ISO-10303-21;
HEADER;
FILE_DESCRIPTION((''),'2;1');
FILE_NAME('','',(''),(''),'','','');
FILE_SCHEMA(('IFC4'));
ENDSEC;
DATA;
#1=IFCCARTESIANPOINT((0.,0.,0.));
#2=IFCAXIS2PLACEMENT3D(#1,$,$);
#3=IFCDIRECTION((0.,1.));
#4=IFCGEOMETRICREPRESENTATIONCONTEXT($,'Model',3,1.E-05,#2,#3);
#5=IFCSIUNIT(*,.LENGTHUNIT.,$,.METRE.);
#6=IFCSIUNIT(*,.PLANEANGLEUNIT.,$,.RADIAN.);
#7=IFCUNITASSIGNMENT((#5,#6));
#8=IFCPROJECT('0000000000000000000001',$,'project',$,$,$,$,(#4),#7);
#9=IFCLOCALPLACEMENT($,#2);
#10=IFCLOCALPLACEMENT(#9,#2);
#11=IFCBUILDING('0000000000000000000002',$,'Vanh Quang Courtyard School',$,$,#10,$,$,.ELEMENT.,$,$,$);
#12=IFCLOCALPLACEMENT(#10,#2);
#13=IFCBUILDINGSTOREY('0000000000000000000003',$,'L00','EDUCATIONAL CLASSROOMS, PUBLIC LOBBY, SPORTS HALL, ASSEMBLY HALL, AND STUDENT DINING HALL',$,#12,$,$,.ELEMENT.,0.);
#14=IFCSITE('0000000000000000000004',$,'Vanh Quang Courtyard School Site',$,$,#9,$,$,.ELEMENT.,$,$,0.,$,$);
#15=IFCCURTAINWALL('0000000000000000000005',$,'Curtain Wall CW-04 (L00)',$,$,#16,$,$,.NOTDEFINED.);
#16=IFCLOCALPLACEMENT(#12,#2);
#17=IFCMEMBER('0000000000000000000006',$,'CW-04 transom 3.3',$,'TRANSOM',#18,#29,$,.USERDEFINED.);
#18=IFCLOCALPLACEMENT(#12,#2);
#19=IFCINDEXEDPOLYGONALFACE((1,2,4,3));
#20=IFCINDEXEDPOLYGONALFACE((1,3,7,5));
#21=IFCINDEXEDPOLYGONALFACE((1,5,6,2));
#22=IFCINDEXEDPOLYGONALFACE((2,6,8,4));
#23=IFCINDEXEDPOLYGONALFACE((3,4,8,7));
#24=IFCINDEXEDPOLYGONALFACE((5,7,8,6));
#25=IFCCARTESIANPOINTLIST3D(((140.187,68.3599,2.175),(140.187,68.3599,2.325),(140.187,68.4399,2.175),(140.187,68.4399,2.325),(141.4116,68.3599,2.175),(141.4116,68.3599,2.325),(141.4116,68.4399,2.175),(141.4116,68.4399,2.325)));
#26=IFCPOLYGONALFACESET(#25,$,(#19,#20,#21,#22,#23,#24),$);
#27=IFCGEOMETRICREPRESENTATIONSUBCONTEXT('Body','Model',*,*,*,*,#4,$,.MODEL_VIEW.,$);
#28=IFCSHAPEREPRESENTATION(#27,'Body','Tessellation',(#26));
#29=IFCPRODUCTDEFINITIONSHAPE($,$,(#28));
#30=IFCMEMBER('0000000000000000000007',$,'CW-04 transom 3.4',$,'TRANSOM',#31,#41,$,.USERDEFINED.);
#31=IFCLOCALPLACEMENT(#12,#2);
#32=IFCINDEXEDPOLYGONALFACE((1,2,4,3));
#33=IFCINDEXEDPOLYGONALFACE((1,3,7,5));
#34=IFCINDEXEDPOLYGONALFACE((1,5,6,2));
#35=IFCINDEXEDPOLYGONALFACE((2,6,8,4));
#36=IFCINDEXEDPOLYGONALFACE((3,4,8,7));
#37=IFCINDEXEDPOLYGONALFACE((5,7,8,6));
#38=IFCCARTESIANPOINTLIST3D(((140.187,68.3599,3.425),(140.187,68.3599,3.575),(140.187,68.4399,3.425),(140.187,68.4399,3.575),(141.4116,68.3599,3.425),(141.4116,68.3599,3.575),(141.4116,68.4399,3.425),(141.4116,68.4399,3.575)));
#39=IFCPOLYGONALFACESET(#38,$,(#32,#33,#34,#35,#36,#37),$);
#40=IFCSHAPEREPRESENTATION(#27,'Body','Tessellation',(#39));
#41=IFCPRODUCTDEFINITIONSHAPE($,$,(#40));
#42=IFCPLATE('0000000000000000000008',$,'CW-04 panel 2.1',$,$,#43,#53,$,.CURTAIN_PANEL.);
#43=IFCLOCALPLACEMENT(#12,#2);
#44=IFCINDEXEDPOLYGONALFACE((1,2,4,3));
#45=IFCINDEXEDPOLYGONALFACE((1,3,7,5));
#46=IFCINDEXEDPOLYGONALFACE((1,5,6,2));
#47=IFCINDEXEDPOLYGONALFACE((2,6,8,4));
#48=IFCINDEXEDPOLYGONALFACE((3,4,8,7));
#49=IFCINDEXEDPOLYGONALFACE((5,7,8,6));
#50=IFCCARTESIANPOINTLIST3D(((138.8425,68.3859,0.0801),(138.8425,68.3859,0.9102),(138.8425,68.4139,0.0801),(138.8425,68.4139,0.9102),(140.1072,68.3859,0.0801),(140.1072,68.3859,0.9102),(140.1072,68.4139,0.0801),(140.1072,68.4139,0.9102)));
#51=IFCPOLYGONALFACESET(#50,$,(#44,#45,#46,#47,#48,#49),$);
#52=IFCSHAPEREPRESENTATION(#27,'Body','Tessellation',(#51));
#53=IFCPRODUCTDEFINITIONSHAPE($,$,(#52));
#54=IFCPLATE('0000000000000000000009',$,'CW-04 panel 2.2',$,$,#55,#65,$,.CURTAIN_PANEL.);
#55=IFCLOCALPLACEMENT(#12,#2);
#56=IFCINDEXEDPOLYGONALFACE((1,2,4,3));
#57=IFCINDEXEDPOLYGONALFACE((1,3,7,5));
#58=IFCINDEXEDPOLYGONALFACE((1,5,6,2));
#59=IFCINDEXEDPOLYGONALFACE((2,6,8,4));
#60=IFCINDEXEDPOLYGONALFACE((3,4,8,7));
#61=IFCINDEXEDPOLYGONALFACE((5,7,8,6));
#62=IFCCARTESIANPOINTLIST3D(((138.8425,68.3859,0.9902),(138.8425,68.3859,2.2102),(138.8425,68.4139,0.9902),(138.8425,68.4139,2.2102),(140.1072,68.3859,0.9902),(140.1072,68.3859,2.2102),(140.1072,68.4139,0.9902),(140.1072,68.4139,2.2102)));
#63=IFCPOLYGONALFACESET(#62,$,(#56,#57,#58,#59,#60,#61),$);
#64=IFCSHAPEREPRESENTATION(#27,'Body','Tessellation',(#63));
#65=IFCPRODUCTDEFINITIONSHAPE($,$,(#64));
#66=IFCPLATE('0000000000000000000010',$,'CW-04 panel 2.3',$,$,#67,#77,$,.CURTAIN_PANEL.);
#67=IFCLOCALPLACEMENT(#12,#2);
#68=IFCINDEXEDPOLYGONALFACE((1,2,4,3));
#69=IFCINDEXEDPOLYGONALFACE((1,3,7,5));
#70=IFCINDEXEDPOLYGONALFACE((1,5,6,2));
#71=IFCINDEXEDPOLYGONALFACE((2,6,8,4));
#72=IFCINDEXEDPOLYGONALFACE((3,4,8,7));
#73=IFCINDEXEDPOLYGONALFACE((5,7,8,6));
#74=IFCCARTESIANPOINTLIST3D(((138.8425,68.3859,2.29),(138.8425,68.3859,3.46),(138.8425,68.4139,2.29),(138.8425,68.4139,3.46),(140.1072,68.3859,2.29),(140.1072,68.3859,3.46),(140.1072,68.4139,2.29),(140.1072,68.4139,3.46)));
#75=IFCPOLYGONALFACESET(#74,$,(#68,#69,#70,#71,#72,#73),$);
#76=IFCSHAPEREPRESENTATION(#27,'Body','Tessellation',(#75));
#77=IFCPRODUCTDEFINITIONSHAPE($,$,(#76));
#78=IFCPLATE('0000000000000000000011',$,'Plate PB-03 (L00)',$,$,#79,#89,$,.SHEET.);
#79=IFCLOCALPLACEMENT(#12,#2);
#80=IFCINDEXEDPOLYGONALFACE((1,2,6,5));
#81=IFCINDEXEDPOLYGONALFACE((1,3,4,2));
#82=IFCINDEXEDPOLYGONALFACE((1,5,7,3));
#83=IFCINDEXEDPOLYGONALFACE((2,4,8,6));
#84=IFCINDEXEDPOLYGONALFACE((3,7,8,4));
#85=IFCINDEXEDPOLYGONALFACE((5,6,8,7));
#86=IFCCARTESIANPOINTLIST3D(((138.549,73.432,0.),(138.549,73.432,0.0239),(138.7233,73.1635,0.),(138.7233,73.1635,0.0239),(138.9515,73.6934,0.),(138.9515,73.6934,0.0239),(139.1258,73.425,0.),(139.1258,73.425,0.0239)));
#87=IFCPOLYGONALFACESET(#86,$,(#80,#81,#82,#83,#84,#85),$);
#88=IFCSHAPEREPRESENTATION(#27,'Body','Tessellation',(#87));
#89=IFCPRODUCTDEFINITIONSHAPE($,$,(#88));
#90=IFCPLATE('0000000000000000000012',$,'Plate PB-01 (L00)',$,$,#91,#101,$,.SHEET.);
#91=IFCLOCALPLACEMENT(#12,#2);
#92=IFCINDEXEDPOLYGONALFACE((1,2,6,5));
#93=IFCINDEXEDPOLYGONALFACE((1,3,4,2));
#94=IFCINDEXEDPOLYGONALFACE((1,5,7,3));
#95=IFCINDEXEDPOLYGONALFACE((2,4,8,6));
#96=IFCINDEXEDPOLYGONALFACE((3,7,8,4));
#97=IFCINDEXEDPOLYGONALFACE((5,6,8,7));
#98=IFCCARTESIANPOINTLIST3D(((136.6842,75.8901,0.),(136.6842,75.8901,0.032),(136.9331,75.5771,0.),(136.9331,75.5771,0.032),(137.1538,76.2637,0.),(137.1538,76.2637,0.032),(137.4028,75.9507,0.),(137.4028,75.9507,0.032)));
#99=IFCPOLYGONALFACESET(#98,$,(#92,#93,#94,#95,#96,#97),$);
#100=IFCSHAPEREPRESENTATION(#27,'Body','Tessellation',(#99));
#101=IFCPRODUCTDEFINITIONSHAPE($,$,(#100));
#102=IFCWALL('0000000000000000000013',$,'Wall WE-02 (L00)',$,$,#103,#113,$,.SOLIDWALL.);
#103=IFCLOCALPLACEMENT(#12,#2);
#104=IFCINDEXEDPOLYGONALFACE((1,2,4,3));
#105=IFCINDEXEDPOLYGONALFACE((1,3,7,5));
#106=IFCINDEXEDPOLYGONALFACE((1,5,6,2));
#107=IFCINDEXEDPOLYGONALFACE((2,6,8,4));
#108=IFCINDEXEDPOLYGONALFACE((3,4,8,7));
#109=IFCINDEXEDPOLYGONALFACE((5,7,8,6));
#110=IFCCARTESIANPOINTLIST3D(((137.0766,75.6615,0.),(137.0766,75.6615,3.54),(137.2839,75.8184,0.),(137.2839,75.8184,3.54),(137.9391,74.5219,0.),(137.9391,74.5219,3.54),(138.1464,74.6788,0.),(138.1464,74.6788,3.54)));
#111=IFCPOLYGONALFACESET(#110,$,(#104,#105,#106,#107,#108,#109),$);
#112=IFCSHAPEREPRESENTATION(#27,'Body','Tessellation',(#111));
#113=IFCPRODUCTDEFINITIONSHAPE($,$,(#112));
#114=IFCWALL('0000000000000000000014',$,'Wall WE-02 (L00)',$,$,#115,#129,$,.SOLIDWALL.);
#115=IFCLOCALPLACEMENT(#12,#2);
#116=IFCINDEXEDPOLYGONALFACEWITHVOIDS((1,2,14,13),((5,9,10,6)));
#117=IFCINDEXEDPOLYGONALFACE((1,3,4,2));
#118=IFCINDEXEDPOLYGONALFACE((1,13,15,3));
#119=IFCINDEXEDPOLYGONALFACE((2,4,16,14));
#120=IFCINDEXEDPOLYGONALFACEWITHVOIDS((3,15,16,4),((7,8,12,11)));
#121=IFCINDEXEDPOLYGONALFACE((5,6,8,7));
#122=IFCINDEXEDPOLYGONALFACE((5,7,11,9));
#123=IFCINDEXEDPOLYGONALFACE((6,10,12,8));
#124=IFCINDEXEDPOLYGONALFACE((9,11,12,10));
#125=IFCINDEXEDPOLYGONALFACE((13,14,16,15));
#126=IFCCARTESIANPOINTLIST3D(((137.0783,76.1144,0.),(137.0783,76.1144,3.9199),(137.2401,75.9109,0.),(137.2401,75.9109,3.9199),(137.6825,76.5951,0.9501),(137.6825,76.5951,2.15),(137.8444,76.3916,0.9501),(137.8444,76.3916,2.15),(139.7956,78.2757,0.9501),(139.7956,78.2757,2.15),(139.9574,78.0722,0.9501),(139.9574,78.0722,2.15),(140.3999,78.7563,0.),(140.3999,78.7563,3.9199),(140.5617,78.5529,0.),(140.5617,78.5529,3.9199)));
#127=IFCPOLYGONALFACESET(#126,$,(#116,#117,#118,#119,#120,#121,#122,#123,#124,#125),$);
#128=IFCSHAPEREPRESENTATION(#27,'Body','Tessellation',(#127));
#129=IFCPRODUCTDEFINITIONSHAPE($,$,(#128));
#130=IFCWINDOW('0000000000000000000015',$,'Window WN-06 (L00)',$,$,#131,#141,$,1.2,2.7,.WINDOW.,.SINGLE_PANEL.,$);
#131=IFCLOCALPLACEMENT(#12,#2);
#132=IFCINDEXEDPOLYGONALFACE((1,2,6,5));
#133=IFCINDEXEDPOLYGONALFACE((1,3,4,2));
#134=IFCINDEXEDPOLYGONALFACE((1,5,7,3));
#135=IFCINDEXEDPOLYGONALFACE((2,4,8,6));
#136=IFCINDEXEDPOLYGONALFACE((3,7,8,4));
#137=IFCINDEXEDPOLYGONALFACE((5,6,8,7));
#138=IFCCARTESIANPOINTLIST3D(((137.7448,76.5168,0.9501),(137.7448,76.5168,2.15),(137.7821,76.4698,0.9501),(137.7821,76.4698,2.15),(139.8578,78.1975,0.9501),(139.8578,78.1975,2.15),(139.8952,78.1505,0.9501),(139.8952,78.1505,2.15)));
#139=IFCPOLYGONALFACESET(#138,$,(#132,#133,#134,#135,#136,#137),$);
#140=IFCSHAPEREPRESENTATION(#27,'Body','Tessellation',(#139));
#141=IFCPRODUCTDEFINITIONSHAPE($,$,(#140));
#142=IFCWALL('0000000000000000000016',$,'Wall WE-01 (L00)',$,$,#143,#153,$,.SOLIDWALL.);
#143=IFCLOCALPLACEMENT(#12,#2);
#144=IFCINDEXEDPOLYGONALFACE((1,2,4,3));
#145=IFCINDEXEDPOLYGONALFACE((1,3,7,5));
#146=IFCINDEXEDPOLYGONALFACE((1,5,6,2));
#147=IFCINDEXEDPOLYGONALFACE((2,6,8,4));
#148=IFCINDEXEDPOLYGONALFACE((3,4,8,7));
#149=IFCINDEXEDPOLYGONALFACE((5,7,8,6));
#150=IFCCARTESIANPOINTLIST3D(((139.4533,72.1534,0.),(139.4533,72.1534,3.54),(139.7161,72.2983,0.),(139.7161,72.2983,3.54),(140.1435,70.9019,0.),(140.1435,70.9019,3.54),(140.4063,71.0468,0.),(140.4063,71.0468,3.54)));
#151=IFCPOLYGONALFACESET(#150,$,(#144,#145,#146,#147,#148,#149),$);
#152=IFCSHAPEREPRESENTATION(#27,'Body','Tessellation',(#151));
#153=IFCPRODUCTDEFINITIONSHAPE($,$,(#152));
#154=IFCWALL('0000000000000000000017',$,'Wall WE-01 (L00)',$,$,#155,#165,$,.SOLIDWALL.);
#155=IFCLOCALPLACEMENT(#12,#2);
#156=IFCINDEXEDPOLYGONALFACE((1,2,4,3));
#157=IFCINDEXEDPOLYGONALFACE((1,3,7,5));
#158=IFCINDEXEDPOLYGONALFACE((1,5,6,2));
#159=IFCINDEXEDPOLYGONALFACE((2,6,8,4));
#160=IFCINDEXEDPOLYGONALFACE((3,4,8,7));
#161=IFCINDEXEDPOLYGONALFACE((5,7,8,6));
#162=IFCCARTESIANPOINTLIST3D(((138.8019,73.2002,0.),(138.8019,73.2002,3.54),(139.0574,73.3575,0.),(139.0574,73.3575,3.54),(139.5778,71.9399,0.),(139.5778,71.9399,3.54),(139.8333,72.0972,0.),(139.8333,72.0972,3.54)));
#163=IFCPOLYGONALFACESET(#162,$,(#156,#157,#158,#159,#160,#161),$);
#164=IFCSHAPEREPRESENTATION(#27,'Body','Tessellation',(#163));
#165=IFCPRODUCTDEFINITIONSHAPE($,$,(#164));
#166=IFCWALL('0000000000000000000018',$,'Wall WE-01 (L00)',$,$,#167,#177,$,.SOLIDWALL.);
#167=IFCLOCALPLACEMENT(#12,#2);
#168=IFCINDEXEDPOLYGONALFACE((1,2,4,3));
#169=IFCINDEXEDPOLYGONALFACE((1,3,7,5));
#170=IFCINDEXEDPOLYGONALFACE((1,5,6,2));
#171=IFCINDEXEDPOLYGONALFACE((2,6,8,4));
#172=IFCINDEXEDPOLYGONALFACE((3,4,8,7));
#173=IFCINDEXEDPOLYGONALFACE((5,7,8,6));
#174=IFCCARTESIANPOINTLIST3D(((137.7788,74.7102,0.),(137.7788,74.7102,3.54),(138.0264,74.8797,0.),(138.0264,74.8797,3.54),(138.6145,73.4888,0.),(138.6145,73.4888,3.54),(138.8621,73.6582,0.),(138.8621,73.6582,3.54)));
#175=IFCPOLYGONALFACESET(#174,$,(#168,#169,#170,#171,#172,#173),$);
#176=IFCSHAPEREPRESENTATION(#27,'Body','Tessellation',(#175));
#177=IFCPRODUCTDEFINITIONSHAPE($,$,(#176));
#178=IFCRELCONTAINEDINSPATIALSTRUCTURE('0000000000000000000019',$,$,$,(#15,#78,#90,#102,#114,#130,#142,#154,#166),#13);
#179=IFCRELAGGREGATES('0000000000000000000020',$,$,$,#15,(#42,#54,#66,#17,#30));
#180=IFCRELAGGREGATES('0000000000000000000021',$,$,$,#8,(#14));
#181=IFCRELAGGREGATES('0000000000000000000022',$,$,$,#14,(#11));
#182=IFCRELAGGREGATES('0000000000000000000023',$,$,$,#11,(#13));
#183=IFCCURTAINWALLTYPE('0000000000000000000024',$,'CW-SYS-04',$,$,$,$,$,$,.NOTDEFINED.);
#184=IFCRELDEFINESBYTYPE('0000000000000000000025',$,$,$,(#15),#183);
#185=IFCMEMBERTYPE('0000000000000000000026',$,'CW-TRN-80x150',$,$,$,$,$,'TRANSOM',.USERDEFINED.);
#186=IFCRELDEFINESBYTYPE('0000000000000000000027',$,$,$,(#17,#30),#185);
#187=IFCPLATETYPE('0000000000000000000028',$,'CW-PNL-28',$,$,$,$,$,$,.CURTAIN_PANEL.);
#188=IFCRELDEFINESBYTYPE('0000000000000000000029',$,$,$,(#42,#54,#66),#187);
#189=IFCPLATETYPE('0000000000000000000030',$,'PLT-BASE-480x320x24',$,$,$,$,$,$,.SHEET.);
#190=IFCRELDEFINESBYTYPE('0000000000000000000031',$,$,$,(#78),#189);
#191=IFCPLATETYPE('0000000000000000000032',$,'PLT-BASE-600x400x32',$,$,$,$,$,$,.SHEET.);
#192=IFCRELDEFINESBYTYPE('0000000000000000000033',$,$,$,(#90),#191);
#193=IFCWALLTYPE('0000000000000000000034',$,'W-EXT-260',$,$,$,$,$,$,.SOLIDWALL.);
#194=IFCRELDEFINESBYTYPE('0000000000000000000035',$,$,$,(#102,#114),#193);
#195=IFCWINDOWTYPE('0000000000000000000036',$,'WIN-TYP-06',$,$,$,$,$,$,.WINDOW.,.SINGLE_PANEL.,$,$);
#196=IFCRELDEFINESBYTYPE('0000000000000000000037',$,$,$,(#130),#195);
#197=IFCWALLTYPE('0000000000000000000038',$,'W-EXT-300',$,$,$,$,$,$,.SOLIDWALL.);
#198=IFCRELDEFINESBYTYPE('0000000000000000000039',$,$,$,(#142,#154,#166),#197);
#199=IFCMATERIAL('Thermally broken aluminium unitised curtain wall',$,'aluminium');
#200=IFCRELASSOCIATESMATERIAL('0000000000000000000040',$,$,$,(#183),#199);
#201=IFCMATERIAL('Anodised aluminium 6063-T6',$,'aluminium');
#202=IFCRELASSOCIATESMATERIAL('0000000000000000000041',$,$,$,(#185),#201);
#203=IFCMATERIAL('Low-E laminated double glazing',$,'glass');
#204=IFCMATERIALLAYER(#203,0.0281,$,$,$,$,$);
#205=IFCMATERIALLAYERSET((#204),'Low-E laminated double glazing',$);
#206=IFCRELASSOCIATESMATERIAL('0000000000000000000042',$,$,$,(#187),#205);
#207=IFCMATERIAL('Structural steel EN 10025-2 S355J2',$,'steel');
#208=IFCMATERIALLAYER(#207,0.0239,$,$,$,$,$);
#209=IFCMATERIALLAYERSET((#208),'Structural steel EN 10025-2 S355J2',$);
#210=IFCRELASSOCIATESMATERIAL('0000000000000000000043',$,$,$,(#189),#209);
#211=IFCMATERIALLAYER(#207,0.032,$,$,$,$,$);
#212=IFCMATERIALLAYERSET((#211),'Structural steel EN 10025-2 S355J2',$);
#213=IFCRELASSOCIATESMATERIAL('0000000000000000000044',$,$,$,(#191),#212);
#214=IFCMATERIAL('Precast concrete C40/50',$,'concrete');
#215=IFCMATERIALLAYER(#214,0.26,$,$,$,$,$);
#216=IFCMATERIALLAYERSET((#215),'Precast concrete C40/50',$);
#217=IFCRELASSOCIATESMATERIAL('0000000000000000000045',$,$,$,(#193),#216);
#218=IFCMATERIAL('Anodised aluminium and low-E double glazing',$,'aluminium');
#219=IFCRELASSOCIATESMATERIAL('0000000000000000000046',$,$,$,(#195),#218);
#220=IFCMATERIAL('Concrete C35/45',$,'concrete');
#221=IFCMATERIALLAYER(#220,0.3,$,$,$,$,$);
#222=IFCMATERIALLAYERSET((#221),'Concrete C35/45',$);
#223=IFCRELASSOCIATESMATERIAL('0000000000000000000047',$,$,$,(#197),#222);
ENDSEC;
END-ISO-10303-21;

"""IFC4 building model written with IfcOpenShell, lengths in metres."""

from ifc_helpers import new_model, si_unit, direction, frame, frame_2d, origin, origin_2d, place, context, subcontext, project, spatial, rectangle, extrude, material, layer, layer_set, material_profile, profile_set, type_object, element, fill, aggregate, save


model = new_model("IFC4")

# Units and contexts
model_context = context("Model", 3, precision=1e-05, world=origin(), true_north=direction((0.0, 1.0)))
body_context = subcontext(model_context, "Body", "Model", "MODEL_VIEW")
ifc_project = project(units=[si_unit("LENGTHUNIT", "METRE"), si_unit("PLANEANGLEUNIT", "RADIAN")], contexts=[model_context])

# Site, building, storey
site_placement = place(None, origin())
site = spatial("IfcSite", under=ifc_project, at=site_placement, Name="Vanh Quang Courtyard School Site", CompositionType="ELEMENT", RefElevation=0.0)
building_placement = place(site_placement, origin())
building = spatial("IfcBuilding", under=site, at=building_placement, Name="Vanh Quang Courtyard School", CompositionType="ELEMENT")
storey_placement = place(building_placement, origin())
storey = spatial("IfcBuildingStorey", under=building, at=storey_placement, Name="L00", Description="EDUCATIONAL CLASSROOMS, PUBLIC LOBBY, SPORTS HALL, ASSEMBLY HALL, AND STUDENT DINING HALL", CompositionType="ELEMENT", Elevation=0.0)

# Shared definitions
ifc_material_1 = material(Name="Concrete C35/45", Category="concrete")

# Shared definitions
ifc_material_2 = material(Name="Structural steel EN 10025-2 S355J2", Category="steel")

# Curtain wall, members, plates
ifc_material_3 = material(Name="Thermally broken aluminium unitised curtain wall", Category="aluminium")
curtain_wall_type = type_object("IfcCurtainWallType", Name="CW-SYS-04", PredefinedType="NOTDEFINED", material=ifc_material_3)
curtain_wall_placement = place(storey_placement, origin())
curtain_wall = element("IfcCurtainWall", 1, at=curtain_wall_placement, inside=storey, type_object=curtain_wall_type, Name="Curtain Wall CW-04 (L00)", PredefinedType="NOTDEFINED")
ifc_material_4 = material(Name="Anodised aluminium 6063-T6", Category="aluminium")
ifc_material_profile_1 = material_profile(ifc_material_4, rectangle(XDim=0.0801, YDim=0.1499, at=origin_2d()), Name="ALU-TRN 80x150")
ifc_profile_set_1 = profile_set([ifc_material_profile_1], Name="Anodised aluminium 6063-T6")
member_type_1 = type_object("IfcMemberType", Name="CW-TRN-80x150", ElementType="TRANSOM", PredefinedType="USERDEFINED", material=ifc_profile_set_1)
member_1_placement = place(storey_placement, frame((140.187, 68.3999, 2.25), z_axis=(1.0, 0.0, 0.0), x_axis=(0.0, 1.0, 0.0)))
member_1 = element("IfcMember", 2, at=member_1_placement, type_object=member_type_1, Name="CW-04 transom 3.3", ObjectType="TRANSOM", PredefinedType="USERDEFINED", context=body_context, shape_type="SweptSolid", body=[
    extrude(rectangle(XDim=0.0801, YDim=0.1499, at=origin_2d()), origin(), (0.0, 0.0, 1.0), 1.2246),
])
member_2_placement = place(storey_placement, frame((140.187, 68.3999, 3.5), z_axis=(1.0, 0.0, 0.0), x_axis=(0.0, 1.0, 0.0)))
member_2 = element("IfcMember", 3, at=member_2_placement, type_object=member_type_1, Name="CW-04 transom 3.4", ObjectType="TRANSOM", PredefinedType="USERDEFINED", context=body_context, shape_type="SweptSolid", body=[
    extrude(rectangle(XDim=0.0801, YDim=0.1499, at=origin_2d()), origin(), (0.0, 0.0, 1.0), 1.2246),
])
ifc_material_5 = material(Name="Low-E laminated double glazing", Category="glass")
ifc_layer_1 = layer(ifc_material_5, 0.0281)
ifc_layer_set_1 = layer_set([ifc_layer_1], Name="Low-E laminated double glazing")
plate_type_1 = type_object("IfcPlateType", Name="CW-PNL-28", PredefinedType="CURTAIN_PANEL", material=ifc_layer_set_1)
plate_1_placement = place(storey_placement, frame((139.4749, 68.3999, 0.0801), z_axis=(0.0, 0.0, 1.0), x_axis=(1.0, 0.0, 0.0)))
plate_1 = element("IfcPlate", 4, at=plate_1_placement, type_object=plate_type_1, Name="CW-04 panel 2.1", PredefinedType="CURTAIN_PANEL", context=body_context, shape_type="SweptSolid", body=[
    extrude(rectangle(XDim=1.2646, YDim=0.0281, at=origin_2d()), origin(), (0.0, 0.0, 1.0), 0.8301),
])
plate_2_placement = place(storey_placement, frame((139.4749, 68.3999, 0.9902), z_axis=(0.0, 0.0, 1.0), x_axis=(1.0, 0.0, 0.0)))
plate_2 = element("IfcPlate", 5, at=plate_2_placement, type_object=plate_type_1, Name="CW-04 panel 2.2", PredefinedType="CURTAIN_PANEL", context=body_context, shape_type="SweptSolid", body=[
    extrude(rectangle(XDim=1.2646, YDim=0.0281, at=origin_2d()), origin(), (0.0, 0.0, 1.0), 1.22),
])
plate_3_placement = place(storey_placement, frame((139.4749, 68.3999, 2.29), z_axis=(0.0, 0.0, 1.0), x_axis=(1.0, 0.0, 0.0)))
plate_3 = element("IfcPlate", 6, at=plate_3_placement, type_object=plate_type_1, Name="CW-04 panel 2.3", PredefinedType="CURTAIN_PANEL", context=body_context, shape_type="SweptSolid", body=[
    extrude(rectangle(XDim=1.2646, YDim=0.0281, at=origin_2d()), origin(), (0.0, 0.0, 1.0), 1.1699),
])
aggregate(curtain_wall, [plate_1, plate_2, plate_3, member_1, member_2])

# Plates
ifc_layer_2 = layer(ifc_material_2, 0.0239)
ifc_layer_set_2 = layer_set([ifc_layer_2], Name="Structural steel EN 10025-2 S355J2")
plate_type_2 = type_object("IfcPlateType", Name="PLT-BASE-480x320x24", PredefinedType="SHEET", material=ifc_layer_set_2)
plate_4_placement = place(storey_placement, frame((138.8374, 73.4285, 0.0), z_axis=(0.0, 0.0, 1.0), x_axis=(0.838671, 0.544639, 0.0)))
element("IfcPlate", 7, at=plate_4_placement, inside=storey, type_object=plate_type_2, Name="Plate PB-03 (L00)", PredefinedType="SHEET", context=body_context, shape_type="SweptSolid", body=[
    extrude(rectangle(XDim=0.48, YDim=0.3201, at=origin_2d()), origin(), (0.0, 0.0, 1.0), 0.0239),
])
ifc_layer_3 = layer(ifc_material_2, 0.032)
ifc_layer_set_3 = layer_set([ifc_layer_3], Name="Structural steel EN 10025-2 S355J2")
plate_type_3 = type_object("IfcPlateType", Name="PLT-BASE-600x400x32", PredefinedType="SHEET", material=ifc_layer_set_3)
plate_5_placement = place(storey_placement, frame((137.0435, 75.9204, 0.0), z_axis=(0.0, 0.0, 1.0), x_axis=(0.782608, 0.622515, 0.0)))
element("IfcPlate", 8, at=plate_5_placement, inside=storey, type_object=plate_type_3, Name="Plate PB-01 (L00)", PredefinedType="SHEET", context=body_context, shape_type="SweptSolid", body=[
    extrude(rectangle(XDim=0.6001, YDim=0.3999, at=origin_2d()), origin(), (0.0, 0.0, 1.0), 0.032),
])

# Wall
ifc_material_6 = material(Name="Precast concrete C40/50", Category="concrete")
ifc_layer_4 = layer(ifc_material_6, 0.26)
ifc_layer_set_4 = layer_set([ifc_layer_4], Name="Precast concrete C40/50")
wall_type_1 = type_object("IfcWallType", Name="W-EXT-260", PredefinedType="SOLIDWALL", material=ifc_layer_set_4)
wall_1_placement = place(storey_placement, frame((138.0427, 74.6003, 0.0), z_axis=(0.0, 0.0, 1.0), x_axis=(-0.603493, 0.797369, 0.0)))
element("IfcWall", 9, at=wall_1_placement, inside=storey, type_object=wall_type_1, Name="Wall WE-02 (L00)", PredefinedType="SOLIDWALL", context=body_context, shape_type="SweptSolid", body=[
    extrude(rectangle(XDim=1.4292, YDim=0.26, at=frame_2d((0.7146, 0.0))), origin(), (0.0, 0.0, 1.0), 3.54),
])

# Wall, opening, window
wall_2_placement = place(storey_placement, frame((137.1592, 76.0127, 0.0), z_axis=(0.0, 0.0, 1.0), x_axis=(0.782634, 0.622483, 0.0)))
wall_2 = element("IfcWall", 10, at=wall_2_placement, inside=storey, type_object=wall_type_1, Name="Wall WE-02 (L00)", PredefinedType="SOLIDWALL", context=body_context, shape_type="SweptSolid", body=[
    extrude(rectangle(XDim=4.2441, YDim=0.26, at=frame_2d((2.1221, 0.0))), origin(), (0.0, 0.0, 1.0), 3.9199),
])
opening_placement = place(wall_2_placement, frame((0.772, 0.0, 0.95)))
opening = element("IfcOpeningElement", 11, at=opening_placement, cuts=wall_2, PredefinedType="OPENING", context=body_context, shape_type="SweptSolid", body=[
    extrude(rectangle(XDim=2.7, YDim=1.2, at=frame_2d((1.3501, 0.6001))), frame((0.0, 0.1401, 0.0), z_axis=(0.0, -1.0, 0.0), x_axis=(1.0, 0.0, 0.0)), (0.0, 0.0, 1.0), 0.28),
])
ifc_material_7 = material(Name="Anodised aluminium and low-E double glazing", Category="aluminium")
window_type = type_object("IfcWindowType", Name="WIN-TYP-06", PartitioningType="SINGLE_PANEL", PredefinedType="WINDOW", material=ifc_material_7)
window_placement = place(opening_placement, origin())
window = element("IfcWindow", 12, at=window_placement, inside=storey, type_object=window_type, Name="Window WN-06 (L00)", OverallHeight=1.2, OverallWidth=2.7, PartitioningType="SINGLE_PANEL", PredefinedType="WINDOW", context=body_context, shape_type="SweptSolid", body=[
    extrude(rectangle(XDim=2.7, YDim=1.2, at=frame_2d((1.3501, 0.6001))), frame((0.0, 0.03, 0.0), z_axis=(0.0, -1.0, 0.0), x_axis=(1.0, 0.0, 0.0)), (0.0, 0.0, 1.0), 0.0601),
])
fill(opening, window)

# Walls
ifc_layer_5 = layer(ifc_material_1, 0.3)
ifc_layer_set_5 = layer_set([ifc_layer_5], Name="Concrete C35/45")
wall_type_2 = type_object("IfcWallType", Name="W-EXT-300", PredefinedType="SOLIDWALL", material=ifc_layer_set_5)
wall_3_placement = place(storey_placement, frame((140.2749, 70.9744, 0.0), z_axis=(0.0, 0.0, 1.0), x_axis=(-0.482928, 0.87566, 0.0)))
element("IfcWall", 13, at=wall_3_placement, inside=storey, type_object=wall_type_2, Name="Wall WE-01 (L00)", PredefinedType="SOLIDWALL", context=body_context, shape_type="SweptSolid", body=[
    extrude(rectangle(XDim=1.4292, YDim=0.3, at=frame_2d((0.7146, 0.0))), origin(), (0.0, 0.0, 1.0), 3.54),
])
for number, where, z_axis, x_axis, name in (
    (14, (139.7056, 72.0186, 0.0), (0.0, 0.0, 1.0), (-0.524263, 0.851556, 0.0), "Wall WE-01 (L00)"),
    (15, (138.7383, 73.5735, 0.0), (0.0, 0.0, 1.0), (-0.564672, 0.825315, 0.0), "Wall WE-01 (L00)"),
):
    element("IfcWall", number, at=place(storey_placement, frame(where, z_axis=z_axis, x_axis=x_axis)), inside=storey, type_object=wall_type_2, Name=name, PredefinedType="SOLIDWALL", context=body_context, shape_type="SweptSolid", body=[
        extrude(rectangle(XDim=1.48, YDim=0.3, at=frame_2d((0.74, 0.0))), origin(), (0.0, 0.0, 1.0), 3.54),
    ])

save(model, "model.ifc")
